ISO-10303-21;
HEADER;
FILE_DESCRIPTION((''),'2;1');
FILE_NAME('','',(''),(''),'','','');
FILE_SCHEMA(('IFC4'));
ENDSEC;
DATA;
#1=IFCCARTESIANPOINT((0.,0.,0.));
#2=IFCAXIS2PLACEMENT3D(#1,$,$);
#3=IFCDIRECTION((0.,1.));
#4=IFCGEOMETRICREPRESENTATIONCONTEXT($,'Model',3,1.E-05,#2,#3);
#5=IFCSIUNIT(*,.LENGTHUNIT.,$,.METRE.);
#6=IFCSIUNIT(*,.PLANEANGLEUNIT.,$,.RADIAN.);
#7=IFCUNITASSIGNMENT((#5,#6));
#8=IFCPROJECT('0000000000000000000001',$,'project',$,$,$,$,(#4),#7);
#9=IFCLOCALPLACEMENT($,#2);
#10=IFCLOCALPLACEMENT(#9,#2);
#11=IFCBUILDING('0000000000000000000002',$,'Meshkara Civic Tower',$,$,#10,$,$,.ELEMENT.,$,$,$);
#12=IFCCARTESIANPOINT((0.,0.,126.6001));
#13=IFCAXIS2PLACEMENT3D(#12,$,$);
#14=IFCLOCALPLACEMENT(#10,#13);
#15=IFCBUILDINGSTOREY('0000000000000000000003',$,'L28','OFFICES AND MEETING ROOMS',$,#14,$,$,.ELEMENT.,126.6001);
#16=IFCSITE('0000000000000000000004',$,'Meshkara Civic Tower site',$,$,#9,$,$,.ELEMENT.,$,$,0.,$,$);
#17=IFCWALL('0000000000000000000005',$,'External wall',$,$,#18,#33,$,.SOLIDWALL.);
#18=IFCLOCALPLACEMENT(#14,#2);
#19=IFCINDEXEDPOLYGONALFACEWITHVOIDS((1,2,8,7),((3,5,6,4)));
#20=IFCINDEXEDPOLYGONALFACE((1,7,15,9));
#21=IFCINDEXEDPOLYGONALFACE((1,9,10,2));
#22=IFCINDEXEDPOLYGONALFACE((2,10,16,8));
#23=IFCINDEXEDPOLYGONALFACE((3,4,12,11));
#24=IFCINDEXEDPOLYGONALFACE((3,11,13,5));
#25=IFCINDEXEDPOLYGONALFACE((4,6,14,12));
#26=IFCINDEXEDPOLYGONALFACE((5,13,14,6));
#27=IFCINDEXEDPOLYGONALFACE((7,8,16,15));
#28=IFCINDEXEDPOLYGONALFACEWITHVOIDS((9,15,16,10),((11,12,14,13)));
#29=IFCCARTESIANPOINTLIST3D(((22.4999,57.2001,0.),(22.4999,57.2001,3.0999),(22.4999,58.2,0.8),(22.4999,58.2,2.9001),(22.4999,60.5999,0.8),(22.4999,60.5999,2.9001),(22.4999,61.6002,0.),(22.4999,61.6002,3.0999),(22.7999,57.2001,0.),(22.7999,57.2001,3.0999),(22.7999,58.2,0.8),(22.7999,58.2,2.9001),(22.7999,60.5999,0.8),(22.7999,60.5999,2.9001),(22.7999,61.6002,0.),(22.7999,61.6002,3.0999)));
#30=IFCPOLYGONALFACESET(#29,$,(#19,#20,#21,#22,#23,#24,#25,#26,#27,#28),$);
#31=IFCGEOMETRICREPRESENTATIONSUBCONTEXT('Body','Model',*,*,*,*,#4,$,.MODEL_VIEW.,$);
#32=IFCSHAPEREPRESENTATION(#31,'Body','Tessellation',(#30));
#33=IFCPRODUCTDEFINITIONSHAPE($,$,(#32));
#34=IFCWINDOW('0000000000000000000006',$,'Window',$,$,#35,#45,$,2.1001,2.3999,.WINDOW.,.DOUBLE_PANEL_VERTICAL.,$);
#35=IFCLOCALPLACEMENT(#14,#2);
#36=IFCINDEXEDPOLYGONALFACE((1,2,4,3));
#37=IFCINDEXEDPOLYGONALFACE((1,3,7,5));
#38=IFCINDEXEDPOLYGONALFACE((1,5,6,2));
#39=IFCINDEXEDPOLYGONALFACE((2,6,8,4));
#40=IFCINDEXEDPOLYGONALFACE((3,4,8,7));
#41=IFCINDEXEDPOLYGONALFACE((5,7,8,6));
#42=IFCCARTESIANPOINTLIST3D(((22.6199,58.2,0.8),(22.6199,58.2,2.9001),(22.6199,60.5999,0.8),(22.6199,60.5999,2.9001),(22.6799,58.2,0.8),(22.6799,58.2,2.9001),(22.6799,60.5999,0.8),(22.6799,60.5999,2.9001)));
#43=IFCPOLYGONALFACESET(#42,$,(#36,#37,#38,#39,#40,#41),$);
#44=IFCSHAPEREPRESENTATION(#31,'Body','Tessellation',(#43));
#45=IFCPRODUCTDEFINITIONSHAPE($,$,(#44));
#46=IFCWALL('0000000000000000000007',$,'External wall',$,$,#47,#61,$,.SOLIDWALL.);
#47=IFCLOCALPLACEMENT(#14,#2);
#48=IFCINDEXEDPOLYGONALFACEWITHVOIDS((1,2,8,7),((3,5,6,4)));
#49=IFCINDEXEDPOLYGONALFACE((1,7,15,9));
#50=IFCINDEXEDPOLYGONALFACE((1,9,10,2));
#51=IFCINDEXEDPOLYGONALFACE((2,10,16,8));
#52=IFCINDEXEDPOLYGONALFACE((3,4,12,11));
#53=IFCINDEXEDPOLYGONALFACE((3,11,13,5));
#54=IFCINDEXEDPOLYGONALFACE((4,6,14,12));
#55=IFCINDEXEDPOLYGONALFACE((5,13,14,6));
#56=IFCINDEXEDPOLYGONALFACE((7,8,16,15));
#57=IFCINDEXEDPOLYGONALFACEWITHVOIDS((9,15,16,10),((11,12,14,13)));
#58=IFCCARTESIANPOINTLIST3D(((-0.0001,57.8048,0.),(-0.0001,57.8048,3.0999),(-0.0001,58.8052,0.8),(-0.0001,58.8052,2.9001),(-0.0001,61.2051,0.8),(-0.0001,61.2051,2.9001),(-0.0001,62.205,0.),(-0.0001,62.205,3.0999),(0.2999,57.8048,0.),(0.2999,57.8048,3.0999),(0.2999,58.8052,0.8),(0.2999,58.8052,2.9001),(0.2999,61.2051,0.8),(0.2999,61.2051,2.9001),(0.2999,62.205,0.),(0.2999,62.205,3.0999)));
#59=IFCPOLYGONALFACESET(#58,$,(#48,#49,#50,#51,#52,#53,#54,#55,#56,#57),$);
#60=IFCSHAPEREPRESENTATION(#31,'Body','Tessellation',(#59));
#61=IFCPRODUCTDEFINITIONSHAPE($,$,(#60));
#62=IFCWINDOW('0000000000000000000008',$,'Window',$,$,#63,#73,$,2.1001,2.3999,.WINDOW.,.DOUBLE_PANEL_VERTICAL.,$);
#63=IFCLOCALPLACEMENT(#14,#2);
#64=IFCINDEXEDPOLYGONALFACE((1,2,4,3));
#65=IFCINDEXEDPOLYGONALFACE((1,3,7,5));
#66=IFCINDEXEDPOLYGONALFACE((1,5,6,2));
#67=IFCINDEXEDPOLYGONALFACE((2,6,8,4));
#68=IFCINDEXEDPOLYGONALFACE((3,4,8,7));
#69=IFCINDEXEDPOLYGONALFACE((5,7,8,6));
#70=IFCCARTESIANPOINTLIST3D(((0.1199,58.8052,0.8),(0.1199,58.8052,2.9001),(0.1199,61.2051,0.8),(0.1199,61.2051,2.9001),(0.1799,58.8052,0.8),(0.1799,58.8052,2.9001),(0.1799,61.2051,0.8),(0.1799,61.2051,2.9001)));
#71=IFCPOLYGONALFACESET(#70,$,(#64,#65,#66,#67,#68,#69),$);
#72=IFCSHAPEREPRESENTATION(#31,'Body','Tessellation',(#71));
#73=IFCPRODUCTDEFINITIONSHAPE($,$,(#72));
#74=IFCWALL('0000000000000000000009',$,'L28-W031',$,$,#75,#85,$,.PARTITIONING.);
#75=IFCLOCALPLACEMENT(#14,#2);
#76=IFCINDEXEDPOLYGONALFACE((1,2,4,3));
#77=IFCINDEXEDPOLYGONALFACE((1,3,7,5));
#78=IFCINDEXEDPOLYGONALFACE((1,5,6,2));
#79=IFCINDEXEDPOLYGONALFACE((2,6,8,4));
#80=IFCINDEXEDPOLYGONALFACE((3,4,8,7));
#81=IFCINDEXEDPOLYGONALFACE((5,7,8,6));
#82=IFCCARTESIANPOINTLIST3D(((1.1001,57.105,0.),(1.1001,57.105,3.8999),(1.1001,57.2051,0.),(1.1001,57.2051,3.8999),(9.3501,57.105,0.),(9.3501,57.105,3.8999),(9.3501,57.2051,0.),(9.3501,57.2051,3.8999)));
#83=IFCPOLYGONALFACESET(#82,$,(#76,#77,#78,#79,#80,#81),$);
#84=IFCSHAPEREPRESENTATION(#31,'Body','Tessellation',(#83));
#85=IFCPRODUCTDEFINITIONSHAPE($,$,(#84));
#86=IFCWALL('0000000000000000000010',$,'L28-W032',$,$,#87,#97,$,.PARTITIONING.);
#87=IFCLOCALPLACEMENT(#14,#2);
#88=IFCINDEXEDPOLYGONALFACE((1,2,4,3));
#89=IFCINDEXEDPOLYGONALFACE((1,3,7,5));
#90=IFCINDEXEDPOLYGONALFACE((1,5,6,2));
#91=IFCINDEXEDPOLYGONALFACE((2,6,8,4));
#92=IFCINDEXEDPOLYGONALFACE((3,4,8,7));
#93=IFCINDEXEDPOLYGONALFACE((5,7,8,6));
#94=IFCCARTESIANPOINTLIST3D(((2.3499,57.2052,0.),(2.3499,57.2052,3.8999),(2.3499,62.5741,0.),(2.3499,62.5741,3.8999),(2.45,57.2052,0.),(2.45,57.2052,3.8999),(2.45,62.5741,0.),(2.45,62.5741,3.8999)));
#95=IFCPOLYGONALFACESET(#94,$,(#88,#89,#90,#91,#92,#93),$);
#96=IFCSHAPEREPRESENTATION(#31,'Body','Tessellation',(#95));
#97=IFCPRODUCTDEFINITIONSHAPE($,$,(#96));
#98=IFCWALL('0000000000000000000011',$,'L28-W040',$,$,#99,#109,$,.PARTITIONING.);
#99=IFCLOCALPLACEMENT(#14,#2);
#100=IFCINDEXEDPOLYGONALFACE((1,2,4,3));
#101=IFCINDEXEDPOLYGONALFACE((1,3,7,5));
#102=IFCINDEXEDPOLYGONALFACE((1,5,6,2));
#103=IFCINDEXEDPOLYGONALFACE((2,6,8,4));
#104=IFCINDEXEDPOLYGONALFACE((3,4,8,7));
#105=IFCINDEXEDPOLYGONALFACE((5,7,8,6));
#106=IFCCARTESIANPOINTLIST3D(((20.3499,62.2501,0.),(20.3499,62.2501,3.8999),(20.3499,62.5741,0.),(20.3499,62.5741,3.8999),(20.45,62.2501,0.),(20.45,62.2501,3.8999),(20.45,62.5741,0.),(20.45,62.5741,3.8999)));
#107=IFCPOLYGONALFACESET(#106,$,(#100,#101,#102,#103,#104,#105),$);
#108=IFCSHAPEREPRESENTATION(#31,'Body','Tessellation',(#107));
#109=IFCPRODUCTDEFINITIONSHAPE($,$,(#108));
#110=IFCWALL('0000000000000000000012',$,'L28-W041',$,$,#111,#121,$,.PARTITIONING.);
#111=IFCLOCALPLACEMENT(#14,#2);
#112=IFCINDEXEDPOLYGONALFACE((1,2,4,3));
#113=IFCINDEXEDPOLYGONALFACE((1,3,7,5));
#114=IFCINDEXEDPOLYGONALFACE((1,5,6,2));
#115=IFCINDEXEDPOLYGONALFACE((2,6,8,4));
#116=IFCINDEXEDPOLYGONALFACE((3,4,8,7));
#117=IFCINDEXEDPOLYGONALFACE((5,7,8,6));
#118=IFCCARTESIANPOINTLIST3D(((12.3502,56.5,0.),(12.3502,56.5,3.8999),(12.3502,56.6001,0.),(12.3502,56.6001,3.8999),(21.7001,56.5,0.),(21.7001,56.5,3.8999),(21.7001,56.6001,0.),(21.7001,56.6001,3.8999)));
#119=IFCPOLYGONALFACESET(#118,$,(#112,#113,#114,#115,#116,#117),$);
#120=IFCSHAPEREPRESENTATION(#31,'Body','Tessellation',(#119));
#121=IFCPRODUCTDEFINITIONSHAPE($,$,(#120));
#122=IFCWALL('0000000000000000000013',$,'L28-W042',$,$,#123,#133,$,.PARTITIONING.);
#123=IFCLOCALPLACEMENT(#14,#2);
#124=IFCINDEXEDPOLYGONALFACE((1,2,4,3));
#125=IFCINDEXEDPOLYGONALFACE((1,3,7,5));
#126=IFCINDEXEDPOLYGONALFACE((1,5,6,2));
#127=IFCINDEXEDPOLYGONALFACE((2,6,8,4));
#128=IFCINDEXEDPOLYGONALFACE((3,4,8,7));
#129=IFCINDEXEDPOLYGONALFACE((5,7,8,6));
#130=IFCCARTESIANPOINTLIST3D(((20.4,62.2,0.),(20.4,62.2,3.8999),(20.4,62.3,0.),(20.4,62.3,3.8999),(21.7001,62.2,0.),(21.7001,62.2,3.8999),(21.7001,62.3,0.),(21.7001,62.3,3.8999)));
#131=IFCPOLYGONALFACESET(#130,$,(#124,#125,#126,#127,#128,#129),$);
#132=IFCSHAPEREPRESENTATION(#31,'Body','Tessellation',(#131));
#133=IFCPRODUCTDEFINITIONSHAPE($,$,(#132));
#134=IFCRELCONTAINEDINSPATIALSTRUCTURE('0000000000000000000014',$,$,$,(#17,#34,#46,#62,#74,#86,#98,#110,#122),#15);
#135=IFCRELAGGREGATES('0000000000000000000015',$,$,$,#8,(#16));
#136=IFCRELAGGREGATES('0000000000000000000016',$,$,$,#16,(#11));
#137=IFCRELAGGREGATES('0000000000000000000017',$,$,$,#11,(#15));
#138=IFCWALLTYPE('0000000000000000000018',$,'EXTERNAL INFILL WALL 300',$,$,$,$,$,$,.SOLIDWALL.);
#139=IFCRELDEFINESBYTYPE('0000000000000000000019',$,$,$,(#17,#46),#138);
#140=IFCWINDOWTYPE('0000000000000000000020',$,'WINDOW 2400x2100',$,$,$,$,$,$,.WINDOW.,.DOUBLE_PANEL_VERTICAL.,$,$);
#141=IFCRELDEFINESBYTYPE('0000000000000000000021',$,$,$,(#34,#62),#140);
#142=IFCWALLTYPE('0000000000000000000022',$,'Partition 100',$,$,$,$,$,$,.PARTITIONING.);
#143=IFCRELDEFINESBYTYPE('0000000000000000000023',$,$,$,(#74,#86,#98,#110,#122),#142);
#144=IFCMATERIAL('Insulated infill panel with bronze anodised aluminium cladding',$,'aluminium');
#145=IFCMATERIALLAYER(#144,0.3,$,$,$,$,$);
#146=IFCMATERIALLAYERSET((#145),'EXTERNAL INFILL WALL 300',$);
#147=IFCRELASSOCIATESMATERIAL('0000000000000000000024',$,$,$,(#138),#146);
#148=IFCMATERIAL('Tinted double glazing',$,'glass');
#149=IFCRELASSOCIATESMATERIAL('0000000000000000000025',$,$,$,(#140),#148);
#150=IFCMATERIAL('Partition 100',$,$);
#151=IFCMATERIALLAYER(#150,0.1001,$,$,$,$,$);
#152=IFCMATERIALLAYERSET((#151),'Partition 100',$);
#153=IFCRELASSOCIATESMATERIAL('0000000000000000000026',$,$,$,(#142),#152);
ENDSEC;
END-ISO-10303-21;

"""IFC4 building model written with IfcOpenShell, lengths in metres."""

from ifc_helpers import new_model, si_unit, direction, frame, frame_2d, origin, place, context, subcontext, project, spatial, rectangle, extrude, material, layer, layer_set, type_object, element, fill, save


model = new_model("IFC4")

# Units and contexts
model_context = context("Model", 3, precision=1e-05, world=origin(), true_north=direction((0.0, 1.0)))
body_context = subcontext(model_context, "Body", "Model", "MODEL_VIEW")
ifc_project = project(units=[si_unit("LENGTHUNIT", "METRE"), si_unit("PLANEANGLEUNIT", "RADIAN")], contexts=[model_context])

# Site, building, storey
site_placement = place(None, origin())
site = spatial("IfcSite", under=ifc_project, at=site_placement, Name="Meshkara Civic Tower site", CompositionType="ELEMENT", RefElevation=0.0)
building_placement = place(site_placement, origin())
building = spatial("IfcBuilding", under=site, at=building_placement, Name="Meshkara Civic Tower", CompositionType="ELEMENT")
storey_placement = place(building_placement, frame((0.0, 0.0, 126.6001)))
storey = spatial("IfcBuildingStorey", under=building, at=storey_placement, Name="L28", Description="OFFICES AND MEETING ROOMS", CompositionType="ELEMENT", Elevation=126.6001)

# Walls, openings, windows
ifc_material_1 = material(Name="Insulated infill panel with bronze anodised aluminium cladding", Category="aluminium")
ifc_layer_1 = layer(ifc_material_1, 0.3)
ifc_layer_set_1 = layer_set([ifc_layer_1], Name="EXTERNAL INFILL WALL 300")
wall_type_1 = type_object("IfcWallType", Name="EXTERNAL INFILL WALL 300", PredefinedType="SOLIDWALL", material=ifc_layer_set_1)
wall_1_placement = place(storey_placement, frame((22.6499, 57.2, 0.0), z_axis=(0.0, 0.0, 1.0), x_axis=(0.0, 1.0, 0.0)))
wall_1 = element("IfcWall", 1, at=wall_1_placement, inside=storey, type_object=wall_type_1, Name="External wall", PredefinedType="SOLIDWALL", context=body_context, shape_type="SweptSolid", body=[
    extrude(rectangle(XDim=4.4001, YDim=0.3, at=frame_2d((2.2002, 0.0))), origin(), (0.0, 0.0, 1.0), 3.0999),
])
opening_1_placement = place(wall_1_placement, frame((1.0, 0.0, 0.8)))
opening_1 = element("IfcOpeningElement", 2, at=opening_1_placement, cuts=wall_1, PredefinedType="OPENING", context=body_context, shape_type="SweptSolid", body=[
    extrude(rectangle(XDim=2.3999, YDim=2.1001, at=frame_2d((1.2, 1.05))), frame((0.0, 0.1599, 0.0), z_axis=(0.0, -1.0, 0.0), x_axis=(1.0, 0.0, 0.0)), (0.0, 0.0, 1.0), 0.3201),
])
ifc_material_2 = material(Name="Tinted double glazing", Category="glass")
window_type = type_object("IfcWindowType", Name="WINDOW 2400x2100", PartitioningType="DOUBLE_PANEL_VERTICAL", PredefinedType="WINDOW", material=ifc_material_2)
window_1_placement = place(opening_1_placement, origin())
window_1 = element("IfcWindow", 3, at=window_1_placement, inside=storey, type_object=window_type, Name="Window", OverallHeight=2.1001, OverallWidth=2.3999, PartitioningType="DOUBLE_PANEL_VERTICAL", PredefinedType="WINDOW", context=body_context, shape_type="SweptSolid", body=[
    extrude(rectangle(XDim=2.3999, YDim=2.1001, at=frame_2d((1.2, 1.05))), frame((0.0, 0.03, 0.0), z_axis=(0.0, -1.0, 0.0), x_axis=(1.0, 0.0, 0.0)), (0.0, 0.0, 1.0), 0.0601),
])
fill(opening_1, window_1)
wall_2_placement = place(storey_placement, frame((0.1499, 62.2051, 0.0), z_axis=(0.0, 0.0, 1.0), x_axis=(0.0, -1.0, 0.0)))
wall_2 = element("IfcWall", 4, at=wall_2_placement, inside=storey, type_object=wall_type_1, Name="External wall", PredefinedType="SOLIDWALL", context=body_context, shape_type="SweptSolid", body=[
    extrude(rectangle(XDim=4.4001, YDim=0.3, at=frame_2d((2.2002, 0.0))), origin(), (0.0, 0.0, 1.0), 3.0999),
])
opening_2_placement = place(wall_2_placement, frame((1.0, 0.0, 0.8)))
opening_2 = element("IfcOpeningElement", 5, at=opening_2_placement, cuts=wall_2, PredefinedType="OPENING", context=body_context, shape_type="SweptSolid", body=[
    extrude(rectangle(XDim=2.3999, YDim=2.1001, at=frame_2d((1.2, 1.05))), frame((0.0, 0.1599, 0.0), z_axis=(0.0, -1.0, 0.0), x_axis=(1.0, 0.0, 0.0)), (0.0, 0.0, 1.0), 0.3201),
])
window_2_placement = place(opening_2_placement, origin())
window_2 = element("IfcWindow", 6, at=window_2_placement, inside=storey, type_object=window_type, Name="Window", OverallHeight=2.1001, OverallWidth=2.3999, PartitioningType="DOUBLE_PANEL_VERTICAL", PredefinedType="WINDOW", context=body_context, shape_type="SweptSolid", body=[
    extrude(rectangle(XDim=2.3999, YDim=2.1001, at=frame_2d((1.2, 1.05))), frame((0.0, 0.03, 0.0), z_axis=(0.0, -1.0, 0.0), x_axis=(1.0, 0.0, 0.0)), (0.0, 0.0, 1.0), 0.0601),
])
fill(opening_2, window_2)

# Walls
ifc_material_3 = material(Name="Partition 100")
ifc_layer_2 = layer(ifc_material_3, 0.1001)
ifc_layer_set_2 = layer_set([ifc_layer_2], Name="Partition 100")
wall_type_2 = type_object("IfcWallType", Name="Partition 100", PredefinedType="PARTITIONING", material=ifc_layer_set_2)
wall_3_placement = place(storey_placement, frame((1.1001, 57.155, 0.0), z_axis=(0.0, 0.0, 1.0), x_axis=(1.0, 0.0, 0.0)))
element("IfcWall", 7, at=wall_3_placement, inside=storey, type_object=wall_type_2, Name="L28-W031", PredefinedType="PARTITIONING", context=body_context, shape_type="SweptSolid", body=[
    extrude(rectangle(XDim=8.25, YDim=0.1001, at=frame_2d((4.125, 0.0))), origin(), (0.0, 0.0, 1.0), 3.8999),
])
wall_4_placement = place(storey_placement, frame((2.3999, 57.2051, 0.0), z_axis=(0.0, 0.0, 1.0), x_axis=(0.0, 1.0, 0.0)))
element("IfcWall", 8, at=wall_4_placement, inside=storey, type_object=wall_type_2, Name="L28-W032", PredefinedType="PARTITIONING", context=body_context, shape_type="SweptSolid", body=[
    extrude(rectangle(XDim=5.3689, YDim=0.1001, at=frame_2d((2.6846, 0.0))), origin(), (0.0, 0.0, 1.0), 3.8999),
])
wall_5_placement = place(storey_placement, frame((20.3999, 62.25, 0.0), z_axis=(0.0, 0.0, 1.0), x_axis=(0.0, 1.0, 0.0)))
element("IfcWall", 9, at=wall_5_placement, inside=storey, type_object=wall_type_2, Name="L28-W040", PredefinedType="PARTITIONING", context=body_context, shape_type="SweptSolid", body=[
    extrude(rectangle(XDim=0.324, YDim=0.1001, at=frame_2d((0.1621, 0.0))), origin(), (0.0, 0.0, 1.0), 3.8999),
])
wall_6_placement = place(storey_placement, frame((21.7, 56.55, 0.0), z_axis=(0.0, 0.0, 1.0), x_axis=(-1.0, 0.0, 0.0)))
element("IfcWall", 10, at=wall_6_placement, inside=storey, type_object=wall_type_2, Name="L28-W041", PredefinedType="PARTITIONING", context=body_context, shape_type="SweptSolid", body=[
    extrude(rectangle(XDim=9.3499, YDim=0.1001, at=frame_2d((4.6748, 0.0))), origin(), (0.0, 0.0, 1.0), 3.8999),
])
wall_7_placement = place(storey_placement, frame((21.7, 62.25, 0.0), z_axis=(0.0, 0.0, 1.0), x_axis=(-1.0, 0.0, 0.0)))
element("IfcWall", 11, at=wall_7_placement, inside=storey, type_object=wall_type_2, Name="L28-W042", PredefinedType="PARTITIONING", context=body_context, shape_type="SweptSolid", body=[
    extrude(rectangle(XDim=1.3, YDim=0.1001, at=frame_2d((0.6499, 0.0))), origin(), (0.0, 0.0, 1.0), 3.8999),
])

save(model, "model.ifc")
